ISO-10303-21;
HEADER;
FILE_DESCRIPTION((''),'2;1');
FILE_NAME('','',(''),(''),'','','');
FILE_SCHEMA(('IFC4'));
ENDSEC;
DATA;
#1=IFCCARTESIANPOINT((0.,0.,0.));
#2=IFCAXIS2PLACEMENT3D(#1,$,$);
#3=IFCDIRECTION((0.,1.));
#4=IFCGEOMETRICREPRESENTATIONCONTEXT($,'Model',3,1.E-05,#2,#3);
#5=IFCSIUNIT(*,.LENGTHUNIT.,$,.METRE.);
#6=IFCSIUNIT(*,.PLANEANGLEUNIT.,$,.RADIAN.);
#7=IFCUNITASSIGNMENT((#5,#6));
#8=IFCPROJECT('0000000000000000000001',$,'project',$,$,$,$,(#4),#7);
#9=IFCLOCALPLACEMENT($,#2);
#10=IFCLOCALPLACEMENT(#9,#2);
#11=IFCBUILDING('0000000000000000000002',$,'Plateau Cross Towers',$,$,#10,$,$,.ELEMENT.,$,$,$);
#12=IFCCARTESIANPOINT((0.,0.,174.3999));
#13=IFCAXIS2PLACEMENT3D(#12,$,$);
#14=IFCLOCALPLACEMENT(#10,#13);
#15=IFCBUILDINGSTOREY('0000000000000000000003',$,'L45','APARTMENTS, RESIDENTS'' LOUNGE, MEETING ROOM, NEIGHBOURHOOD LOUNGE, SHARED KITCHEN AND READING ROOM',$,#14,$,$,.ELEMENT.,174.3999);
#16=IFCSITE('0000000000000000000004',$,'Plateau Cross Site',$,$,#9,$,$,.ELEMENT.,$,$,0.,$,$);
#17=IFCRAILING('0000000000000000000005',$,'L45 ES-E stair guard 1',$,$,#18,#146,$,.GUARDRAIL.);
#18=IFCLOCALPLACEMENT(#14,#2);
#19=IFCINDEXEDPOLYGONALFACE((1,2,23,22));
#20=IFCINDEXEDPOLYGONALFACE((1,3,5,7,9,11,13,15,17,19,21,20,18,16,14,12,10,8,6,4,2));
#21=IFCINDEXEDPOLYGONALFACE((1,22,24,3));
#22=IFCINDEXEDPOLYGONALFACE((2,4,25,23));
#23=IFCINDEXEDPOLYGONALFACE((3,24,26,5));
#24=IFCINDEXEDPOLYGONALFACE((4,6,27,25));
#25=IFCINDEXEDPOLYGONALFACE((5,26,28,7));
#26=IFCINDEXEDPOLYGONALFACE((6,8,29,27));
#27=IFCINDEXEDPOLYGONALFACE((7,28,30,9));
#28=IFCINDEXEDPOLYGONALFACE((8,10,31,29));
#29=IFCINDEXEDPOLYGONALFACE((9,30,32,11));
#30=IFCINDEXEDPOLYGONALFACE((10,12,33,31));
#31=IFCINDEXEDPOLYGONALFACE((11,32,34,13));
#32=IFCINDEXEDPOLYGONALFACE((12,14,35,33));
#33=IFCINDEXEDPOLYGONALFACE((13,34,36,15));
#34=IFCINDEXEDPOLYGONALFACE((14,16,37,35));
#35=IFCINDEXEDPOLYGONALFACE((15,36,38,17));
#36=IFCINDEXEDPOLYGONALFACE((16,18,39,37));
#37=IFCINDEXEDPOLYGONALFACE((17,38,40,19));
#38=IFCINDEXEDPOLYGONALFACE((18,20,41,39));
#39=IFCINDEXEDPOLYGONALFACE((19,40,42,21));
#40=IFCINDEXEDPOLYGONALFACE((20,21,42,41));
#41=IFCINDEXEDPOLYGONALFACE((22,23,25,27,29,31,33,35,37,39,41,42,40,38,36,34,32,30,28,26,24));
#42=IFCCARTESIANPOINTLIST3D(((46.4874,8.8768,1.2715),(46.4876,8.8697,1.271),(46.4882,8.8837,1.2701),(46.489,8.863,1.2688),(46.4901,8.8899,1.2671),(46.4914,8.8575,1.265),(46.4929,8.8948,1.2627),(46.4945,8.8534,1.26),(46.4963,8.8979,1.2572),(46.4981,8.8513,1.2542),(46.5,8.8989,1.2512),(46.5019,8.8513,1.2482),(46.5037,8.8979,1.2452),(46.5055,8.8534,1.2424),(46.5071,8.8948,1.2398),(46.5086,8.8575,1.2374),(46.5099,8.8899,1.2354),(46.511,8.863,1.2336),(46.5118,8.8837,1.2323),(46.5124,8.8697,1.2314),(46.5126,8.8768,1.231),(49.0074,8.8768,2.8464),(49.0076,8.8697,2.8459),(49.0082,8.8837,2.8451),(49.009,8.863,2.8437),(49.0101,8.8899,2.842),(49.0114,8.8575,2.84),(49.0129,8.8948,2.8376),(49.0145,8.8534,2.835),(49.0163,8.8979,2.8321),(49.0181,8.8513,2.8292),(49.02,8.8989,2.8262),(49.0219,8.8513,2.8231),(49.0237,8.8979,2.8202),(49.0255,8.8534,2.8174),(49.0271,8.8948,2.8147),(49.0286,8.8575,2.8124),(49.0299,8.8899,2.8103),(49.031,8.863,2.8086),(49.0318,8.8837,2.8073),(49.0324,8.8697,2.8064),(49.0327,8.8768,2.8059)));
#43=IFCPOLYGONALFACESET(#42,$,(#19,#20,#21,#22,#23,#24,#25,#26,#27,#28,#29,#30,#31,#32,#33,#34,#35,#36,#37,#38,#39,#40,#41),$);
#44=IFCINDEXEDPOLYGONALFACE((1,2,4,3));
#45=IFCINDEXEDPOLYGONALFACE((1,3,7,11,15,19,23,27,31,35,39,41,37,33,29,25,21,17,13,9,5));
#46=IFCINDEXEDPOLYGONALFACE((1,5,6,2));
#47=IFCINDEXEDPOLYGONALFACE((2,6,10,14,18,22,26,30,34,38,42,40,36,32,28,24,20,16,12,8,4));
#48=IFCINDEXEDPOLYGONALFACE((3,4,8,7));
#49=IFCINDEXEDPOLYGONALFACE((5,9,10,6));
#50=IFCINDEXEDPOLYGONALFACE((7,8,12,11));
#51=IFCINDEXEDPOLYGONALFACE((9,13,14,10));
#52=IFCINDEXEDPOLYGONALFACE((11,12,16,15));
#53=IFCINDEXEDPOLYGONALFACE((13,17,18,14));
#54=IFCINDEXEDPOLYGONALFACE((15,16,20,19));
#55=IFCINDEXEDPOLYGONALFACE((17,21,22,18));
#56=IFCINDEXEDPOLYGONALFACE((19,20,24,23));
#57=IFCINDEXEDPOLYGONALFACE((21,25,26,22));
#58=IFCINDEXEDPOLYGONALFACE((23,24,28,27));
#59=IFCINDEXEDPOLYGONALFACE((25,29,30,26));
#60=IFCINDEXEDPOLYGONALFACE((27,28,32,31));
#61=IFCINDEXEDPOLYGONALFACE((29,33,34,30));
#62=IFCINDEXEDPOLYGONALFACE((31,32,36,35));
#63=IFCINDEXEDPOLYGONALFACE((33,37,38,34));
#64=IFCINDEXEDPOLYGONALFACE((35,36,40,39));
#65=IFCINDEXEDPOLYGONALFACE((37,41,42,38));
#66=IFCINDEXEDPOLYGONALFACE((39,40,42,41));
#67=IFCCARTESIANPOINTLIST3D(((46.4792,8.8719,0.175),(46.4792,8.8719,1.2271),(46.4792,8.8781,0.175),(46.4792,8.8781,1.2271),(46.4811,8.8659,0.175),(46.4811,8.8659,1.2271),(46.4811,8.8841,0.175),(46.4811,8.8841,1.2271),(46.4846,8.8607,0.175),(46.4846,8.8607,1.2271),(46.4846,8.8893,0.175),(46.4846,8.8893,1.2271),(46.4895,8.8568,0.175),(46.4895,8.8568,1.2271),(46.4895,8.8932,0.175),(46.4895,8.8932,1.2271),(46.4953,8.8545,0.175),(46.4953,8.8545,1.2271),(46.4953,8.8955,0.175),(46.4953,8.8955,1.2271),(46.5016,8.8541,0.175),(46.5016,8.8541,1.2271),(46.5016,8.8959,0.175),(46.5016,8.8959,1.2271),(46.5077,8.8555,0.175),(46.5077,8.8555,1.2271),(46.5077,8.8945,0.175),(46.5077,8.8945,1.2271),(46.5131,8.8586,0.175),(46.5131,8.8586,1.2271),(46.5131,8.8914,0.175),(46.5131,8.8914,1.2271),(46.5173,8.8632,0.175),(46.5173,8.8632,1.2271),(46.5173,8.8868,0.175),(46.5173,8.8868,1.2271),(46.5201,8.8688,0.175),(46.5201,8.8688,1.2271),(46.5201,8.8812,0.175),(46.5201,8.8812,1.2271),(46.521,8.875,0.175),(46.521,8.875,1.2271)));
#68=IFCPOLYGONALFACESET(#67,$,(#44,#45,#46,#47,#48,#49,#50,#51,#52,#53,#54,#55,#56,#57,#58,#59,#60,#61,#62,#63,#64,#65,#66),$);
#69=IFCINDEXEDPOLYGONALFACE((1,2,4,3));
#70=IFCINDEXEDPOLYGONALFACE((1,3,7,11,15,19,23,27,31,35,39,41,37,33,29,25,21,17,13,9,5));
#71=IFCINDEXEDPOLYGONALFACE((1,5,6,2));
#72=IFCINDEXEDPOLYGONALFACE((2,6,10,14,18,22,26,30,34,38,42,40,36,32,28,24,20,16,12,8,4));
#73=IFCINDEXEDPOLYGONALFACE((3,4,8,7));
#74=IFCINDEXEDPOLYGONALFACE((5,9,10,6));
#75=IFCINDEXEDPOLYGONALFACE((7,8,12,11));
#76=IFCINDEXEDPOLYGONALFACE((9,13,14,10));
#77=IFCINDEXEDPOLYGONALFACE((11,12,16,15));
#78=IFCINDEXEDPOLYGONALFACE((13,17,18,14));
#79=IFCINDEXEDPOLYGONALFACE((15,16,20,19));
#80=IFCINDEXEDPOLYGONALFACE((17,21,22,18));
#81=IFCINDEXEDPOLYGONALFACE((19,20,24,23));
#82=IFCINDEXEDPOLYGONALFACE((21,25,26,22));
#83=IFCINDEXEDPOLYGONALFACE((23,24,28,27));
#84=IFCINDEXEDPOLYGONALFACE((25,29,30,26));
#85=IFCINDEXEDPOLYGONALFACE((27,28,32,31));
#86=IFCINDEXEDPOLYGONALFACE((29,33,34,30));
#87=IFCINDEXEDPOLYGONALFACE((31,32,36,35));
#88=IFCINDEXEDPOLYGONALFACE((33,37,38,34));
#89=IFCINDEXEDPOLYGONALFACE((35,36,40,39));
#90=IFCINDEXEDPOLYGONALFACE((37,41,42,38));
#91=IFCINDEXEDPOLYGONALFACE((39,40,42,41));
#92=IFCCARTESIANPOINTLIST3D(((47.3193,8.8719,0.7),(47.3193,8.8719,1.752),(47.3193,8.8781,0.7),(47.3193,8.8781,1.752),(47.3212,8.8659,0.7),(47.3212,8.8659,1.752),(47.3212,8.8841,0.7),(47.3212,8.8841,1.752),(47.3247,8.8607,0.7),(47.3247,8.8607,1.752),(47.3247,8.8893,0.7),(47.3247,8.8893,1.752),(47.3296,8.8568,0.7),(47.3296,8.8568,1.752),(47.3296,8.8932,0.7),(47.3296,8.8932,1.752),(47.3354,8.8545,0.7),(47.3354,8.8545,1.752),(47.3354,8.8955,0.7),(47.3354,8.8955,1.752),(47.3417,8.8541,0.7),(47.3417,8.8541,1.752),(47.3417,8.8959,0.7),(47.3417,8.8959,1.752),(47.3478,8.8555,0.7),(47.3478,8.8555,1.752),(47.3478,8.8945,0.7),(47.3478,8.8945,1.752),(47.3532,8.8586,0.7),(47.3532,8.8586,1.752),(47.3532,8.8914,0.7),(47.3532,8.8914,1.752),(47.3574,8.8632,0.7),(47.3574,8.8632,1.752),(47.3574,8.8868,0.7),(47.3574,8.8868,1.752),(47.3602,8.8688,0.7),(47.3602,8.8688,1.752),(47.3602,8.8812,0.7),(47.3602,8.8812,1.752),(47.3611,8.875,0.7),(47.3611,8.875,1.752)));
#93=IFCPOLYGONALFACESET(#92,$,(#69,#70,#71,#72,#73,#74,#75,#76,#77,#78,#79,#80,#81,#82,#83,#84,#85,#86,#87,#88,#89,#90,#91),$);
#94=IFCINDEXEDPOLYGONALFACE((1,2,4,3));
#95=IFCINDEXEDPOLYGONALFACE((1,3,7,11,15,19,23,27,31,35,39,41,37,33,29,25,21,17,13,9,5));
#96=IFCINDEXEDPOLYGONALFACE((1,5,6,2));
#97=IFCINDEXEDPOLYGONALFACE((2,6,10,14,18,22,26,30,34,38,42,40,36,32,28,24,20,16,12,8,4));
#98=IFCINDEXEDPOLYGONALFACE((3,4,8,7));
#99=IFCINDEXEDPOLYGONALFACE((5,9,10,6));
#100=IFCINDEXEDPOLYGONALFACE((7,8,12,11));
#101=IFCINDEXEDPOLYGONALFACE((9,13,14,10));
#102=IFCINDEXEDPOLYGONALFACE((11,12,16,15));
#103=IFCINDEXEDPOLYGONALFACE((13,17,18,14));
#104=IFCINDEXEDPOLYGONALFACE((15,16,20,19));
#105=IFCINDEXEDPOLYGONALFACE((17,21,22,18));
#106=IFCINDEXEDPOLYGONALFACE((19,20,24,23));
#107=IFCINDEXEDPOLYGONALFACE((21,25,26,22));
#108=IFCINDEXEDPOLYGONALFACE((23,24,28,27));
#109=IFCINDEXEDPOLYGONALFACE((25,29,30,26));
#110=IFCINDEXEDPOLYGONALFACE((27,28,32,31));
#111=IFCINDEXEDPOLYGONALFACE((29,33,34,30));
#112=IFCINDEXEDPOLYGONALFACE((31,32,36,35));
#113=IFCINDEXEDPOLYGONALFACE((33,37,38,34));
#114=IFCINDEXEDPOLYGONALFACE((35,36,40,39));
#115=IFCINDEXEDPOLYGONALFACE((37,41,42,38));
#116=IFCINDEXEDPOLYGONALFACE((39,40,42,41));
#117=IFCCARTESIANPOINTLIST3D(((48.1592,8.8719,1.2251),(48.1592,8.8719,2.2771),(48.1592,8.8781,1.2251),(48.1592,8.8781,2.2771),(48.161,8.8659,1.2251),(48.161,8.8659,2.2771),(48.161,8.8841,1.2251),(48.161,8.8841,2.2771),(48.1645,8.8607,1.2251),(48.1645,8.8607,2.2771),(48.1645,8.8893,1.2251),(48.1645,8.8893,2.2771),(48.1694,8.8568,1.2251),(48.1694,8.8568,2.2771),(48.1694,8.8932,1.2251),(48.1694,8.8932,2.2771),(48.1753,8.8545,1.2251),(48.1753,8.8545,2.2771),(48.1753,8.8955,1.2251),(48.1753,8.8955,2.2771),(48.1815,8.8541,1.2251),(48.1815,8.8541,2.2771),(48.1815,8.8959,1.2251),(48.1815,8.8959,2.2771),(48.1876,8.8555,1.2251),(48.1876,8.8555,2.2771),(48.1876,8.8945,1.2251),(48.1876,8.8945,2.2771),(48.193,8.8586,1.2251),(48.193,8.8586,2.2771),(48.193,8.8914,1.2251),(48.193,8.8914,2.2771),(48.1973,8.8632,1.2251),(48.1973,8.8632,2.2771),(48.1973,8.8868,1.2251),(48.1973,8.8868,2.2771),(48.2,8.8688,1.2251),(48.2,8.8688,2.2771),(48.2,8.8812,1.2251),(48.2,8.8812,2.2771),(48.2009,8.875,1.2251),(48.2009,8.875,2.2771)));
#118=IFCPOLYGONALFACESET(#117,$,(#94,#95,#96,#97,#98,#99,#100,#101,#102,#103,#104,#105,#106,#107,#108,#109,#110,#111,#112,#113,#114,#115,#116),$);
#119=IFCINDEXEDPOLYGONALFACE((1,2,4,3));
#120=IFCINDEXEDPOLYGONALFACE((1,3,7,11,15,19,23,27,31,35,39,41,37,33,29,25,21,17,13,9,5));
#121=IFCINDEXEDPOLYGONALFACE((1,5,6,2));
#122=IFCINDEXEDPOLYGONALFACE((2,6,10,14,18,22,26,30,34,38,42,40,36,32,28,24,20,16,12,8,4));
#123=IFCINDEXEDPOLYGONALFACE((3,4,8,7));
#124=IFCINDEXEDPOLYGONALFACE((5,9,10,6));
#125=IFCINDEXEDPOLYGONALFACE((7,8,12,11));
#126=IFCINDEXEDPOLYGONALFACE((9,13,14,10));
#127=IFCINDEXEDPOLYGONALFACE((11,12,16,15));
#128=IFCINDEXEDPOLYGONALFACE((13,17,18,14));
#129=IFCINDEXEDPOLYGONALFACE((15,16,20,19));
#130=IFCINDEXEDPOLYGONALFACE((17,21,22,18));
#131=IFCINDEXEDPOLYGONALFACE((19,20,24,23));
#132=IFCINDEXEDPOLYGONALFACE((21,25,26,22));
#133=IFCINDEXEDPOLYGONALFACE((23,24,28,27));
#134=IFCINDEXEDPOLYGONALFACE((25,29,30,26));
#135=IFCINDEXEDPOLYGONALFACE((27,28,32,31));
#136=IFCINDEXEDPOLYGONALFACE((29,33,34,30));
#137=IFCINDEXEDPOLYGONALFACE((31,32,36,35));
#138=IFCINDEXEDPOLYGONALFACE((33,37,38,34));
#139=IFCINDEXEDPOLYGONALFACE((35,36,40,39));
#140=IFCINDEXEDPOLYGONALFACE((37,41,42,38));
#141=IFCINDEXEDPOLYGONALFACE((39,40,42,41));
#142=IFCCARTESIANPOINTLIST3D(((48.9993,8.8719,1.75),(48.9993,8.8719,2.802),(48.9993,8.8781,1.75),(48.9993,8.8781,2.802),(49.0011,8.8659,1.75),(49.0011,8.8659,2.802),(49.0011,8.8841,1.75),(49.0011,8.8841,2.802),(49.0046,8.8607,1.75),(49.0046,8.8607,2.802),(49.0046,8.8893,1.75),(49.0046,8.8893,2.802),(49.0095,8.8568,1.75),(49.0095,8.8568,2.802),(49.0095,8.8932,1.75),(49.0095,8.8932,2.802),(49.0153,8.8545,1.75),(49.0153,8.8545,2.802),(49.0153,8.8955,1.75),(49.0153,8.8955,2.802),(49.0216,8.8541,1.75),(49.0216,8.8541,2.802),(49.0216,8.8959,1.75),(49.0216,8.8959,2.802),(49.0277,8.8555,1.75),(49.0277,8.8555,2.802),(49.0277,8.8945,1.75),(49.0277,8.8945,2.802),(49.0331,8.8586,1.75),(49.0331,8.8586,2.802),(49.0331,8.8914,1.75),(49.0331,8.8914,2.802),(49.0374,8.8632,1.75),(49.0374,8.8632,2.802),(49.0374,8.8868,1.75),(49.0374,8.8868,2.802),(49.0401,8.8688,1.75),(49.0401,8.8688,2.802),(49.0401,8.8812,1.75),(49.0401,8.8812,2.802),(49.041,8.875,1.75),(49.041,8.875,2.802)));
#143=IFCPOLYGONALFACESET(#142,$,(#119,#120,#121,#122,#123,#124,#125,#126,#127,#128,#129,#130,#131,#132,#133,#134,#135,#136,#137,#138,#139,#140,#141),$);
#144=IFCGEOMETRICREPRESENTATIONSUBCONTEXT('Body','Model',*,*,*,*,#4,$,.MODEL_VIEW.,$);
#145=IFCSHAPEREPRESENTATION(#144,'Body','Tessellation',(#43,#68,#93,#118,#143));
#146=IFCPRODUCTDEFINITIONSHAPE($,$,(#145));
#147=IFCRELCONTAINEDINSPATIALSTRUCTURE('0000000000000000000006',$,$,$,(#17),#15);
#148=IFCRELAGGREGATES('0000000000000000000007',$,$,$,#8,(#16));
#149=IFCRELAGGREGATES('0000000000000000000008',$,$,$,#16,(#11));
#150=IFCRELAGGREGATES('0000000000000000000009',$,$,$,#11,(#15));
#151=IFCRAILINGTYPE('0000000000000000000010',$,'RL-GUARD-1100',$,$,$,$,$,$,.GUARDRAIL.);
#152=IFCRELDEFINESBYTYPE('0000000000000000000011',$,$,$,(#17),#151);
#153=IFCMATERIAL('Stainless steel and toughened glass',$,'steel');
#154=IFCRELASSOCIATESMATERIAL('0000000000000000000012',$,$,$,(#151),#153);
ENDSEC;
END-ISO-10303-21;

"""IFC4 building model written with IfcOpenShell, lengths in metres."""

from ifc_helpers import new_model, si_unit, direction, frame, origin, origin_2d, place, context, subcontext, project, spatial, circle, extrude, material, type_object, element, save


model = new_model("IFC4")

# Units and contexts
model_context = context("Model", 3, precision=1e-05, world=origin(), true_north=direction((0.0, 1.0)))
body_context = subcontext(model_context, "Body", "Model", "MODEL_VIEW")
ifc_project = project(units=[si_unit("LENGTHUNIT", "METRE"), si_unit("PLANEANGLEUNIT", "RADIAN")], contexts=[model_context])

# Site, building, storey
site_placement = place(None, origin())
site = spatial("IfcSite", under=ifc_project, at=site_placement, Name="Plateau Cross Site", CompositionType="ELEMENT", RefElevation=0.0)
building_placement = place(site_placement, origin())
building = spatial("IfcBuilding", under=site, at=building_placement, Name="Plateau Cross Towers", CompositionType="ELEMENT")
storey_placement = place(building_placement, frame((0.0, 0.0, 174.3999)))
storey = spatial("IfcBuildingStorey", under=building, at=storey_placement, Name="L45", Description="APARTMENTS, RESIDENTS' LOUNGE, MEETING ROOM, NEIGHBOURHOOD LOUNGE, SHARED KITCHEN AND READING ROOM", CompositionType="ELEMENT", Elevation=174.3999)

# Railing
ifc_material_1 = material(Name="Stainless steel and toughened glass", Category="steel")
railing_type_1 = type_object("IfcRailingType", Name="RL-GUARD-1100", PredefinedType="GUARDRAIL", material=ifc_material_1)
railing_1_placement = place(storey_placement, frame((46.5, 8.875, 0.175)))
element("IfcRailing", 1, at=railing_1_placement, inside=storey, type_object=railing_type_1, Name="L45 ES-E stair guard 1", PredefinedType="GUARDRAIL", context=body_context, shape_type="SweptSolid", body=[
    extrude(circle(Radius=0.0239, at=origin_2d()), frame((0.0, 0.0, 1.0762), z_axis=(0.848008, 0.0, 0.529984), x_axis=(0.0, 1.0, 0.0)), (0.0, 0.0, 1.0), 2.9717),
    extrude(circle(Radius=0.021, at=origin_2d()), origin(), (0.0, 0.0, 1.0), 1.052),
    extrude(circle(Radius=0.021, at=origin_2d()), frame((0.8401, 0.0, 0.5249)), (0.0, 0.0, 1.0), 1.052),
    extrude(circle(Radius=0.021, at=origin_2d()), frame((1.6799, 0.0, 1.05)), (0.0, 0.0, 1.0), 1.052),
    extrude(circle(Radius=0.021, at=origin_2d()), frame((2.52, 0.0, 1.575)), (0.0, 0.0, 1.0), 1.052),
])

save(model, "model.ifc")
